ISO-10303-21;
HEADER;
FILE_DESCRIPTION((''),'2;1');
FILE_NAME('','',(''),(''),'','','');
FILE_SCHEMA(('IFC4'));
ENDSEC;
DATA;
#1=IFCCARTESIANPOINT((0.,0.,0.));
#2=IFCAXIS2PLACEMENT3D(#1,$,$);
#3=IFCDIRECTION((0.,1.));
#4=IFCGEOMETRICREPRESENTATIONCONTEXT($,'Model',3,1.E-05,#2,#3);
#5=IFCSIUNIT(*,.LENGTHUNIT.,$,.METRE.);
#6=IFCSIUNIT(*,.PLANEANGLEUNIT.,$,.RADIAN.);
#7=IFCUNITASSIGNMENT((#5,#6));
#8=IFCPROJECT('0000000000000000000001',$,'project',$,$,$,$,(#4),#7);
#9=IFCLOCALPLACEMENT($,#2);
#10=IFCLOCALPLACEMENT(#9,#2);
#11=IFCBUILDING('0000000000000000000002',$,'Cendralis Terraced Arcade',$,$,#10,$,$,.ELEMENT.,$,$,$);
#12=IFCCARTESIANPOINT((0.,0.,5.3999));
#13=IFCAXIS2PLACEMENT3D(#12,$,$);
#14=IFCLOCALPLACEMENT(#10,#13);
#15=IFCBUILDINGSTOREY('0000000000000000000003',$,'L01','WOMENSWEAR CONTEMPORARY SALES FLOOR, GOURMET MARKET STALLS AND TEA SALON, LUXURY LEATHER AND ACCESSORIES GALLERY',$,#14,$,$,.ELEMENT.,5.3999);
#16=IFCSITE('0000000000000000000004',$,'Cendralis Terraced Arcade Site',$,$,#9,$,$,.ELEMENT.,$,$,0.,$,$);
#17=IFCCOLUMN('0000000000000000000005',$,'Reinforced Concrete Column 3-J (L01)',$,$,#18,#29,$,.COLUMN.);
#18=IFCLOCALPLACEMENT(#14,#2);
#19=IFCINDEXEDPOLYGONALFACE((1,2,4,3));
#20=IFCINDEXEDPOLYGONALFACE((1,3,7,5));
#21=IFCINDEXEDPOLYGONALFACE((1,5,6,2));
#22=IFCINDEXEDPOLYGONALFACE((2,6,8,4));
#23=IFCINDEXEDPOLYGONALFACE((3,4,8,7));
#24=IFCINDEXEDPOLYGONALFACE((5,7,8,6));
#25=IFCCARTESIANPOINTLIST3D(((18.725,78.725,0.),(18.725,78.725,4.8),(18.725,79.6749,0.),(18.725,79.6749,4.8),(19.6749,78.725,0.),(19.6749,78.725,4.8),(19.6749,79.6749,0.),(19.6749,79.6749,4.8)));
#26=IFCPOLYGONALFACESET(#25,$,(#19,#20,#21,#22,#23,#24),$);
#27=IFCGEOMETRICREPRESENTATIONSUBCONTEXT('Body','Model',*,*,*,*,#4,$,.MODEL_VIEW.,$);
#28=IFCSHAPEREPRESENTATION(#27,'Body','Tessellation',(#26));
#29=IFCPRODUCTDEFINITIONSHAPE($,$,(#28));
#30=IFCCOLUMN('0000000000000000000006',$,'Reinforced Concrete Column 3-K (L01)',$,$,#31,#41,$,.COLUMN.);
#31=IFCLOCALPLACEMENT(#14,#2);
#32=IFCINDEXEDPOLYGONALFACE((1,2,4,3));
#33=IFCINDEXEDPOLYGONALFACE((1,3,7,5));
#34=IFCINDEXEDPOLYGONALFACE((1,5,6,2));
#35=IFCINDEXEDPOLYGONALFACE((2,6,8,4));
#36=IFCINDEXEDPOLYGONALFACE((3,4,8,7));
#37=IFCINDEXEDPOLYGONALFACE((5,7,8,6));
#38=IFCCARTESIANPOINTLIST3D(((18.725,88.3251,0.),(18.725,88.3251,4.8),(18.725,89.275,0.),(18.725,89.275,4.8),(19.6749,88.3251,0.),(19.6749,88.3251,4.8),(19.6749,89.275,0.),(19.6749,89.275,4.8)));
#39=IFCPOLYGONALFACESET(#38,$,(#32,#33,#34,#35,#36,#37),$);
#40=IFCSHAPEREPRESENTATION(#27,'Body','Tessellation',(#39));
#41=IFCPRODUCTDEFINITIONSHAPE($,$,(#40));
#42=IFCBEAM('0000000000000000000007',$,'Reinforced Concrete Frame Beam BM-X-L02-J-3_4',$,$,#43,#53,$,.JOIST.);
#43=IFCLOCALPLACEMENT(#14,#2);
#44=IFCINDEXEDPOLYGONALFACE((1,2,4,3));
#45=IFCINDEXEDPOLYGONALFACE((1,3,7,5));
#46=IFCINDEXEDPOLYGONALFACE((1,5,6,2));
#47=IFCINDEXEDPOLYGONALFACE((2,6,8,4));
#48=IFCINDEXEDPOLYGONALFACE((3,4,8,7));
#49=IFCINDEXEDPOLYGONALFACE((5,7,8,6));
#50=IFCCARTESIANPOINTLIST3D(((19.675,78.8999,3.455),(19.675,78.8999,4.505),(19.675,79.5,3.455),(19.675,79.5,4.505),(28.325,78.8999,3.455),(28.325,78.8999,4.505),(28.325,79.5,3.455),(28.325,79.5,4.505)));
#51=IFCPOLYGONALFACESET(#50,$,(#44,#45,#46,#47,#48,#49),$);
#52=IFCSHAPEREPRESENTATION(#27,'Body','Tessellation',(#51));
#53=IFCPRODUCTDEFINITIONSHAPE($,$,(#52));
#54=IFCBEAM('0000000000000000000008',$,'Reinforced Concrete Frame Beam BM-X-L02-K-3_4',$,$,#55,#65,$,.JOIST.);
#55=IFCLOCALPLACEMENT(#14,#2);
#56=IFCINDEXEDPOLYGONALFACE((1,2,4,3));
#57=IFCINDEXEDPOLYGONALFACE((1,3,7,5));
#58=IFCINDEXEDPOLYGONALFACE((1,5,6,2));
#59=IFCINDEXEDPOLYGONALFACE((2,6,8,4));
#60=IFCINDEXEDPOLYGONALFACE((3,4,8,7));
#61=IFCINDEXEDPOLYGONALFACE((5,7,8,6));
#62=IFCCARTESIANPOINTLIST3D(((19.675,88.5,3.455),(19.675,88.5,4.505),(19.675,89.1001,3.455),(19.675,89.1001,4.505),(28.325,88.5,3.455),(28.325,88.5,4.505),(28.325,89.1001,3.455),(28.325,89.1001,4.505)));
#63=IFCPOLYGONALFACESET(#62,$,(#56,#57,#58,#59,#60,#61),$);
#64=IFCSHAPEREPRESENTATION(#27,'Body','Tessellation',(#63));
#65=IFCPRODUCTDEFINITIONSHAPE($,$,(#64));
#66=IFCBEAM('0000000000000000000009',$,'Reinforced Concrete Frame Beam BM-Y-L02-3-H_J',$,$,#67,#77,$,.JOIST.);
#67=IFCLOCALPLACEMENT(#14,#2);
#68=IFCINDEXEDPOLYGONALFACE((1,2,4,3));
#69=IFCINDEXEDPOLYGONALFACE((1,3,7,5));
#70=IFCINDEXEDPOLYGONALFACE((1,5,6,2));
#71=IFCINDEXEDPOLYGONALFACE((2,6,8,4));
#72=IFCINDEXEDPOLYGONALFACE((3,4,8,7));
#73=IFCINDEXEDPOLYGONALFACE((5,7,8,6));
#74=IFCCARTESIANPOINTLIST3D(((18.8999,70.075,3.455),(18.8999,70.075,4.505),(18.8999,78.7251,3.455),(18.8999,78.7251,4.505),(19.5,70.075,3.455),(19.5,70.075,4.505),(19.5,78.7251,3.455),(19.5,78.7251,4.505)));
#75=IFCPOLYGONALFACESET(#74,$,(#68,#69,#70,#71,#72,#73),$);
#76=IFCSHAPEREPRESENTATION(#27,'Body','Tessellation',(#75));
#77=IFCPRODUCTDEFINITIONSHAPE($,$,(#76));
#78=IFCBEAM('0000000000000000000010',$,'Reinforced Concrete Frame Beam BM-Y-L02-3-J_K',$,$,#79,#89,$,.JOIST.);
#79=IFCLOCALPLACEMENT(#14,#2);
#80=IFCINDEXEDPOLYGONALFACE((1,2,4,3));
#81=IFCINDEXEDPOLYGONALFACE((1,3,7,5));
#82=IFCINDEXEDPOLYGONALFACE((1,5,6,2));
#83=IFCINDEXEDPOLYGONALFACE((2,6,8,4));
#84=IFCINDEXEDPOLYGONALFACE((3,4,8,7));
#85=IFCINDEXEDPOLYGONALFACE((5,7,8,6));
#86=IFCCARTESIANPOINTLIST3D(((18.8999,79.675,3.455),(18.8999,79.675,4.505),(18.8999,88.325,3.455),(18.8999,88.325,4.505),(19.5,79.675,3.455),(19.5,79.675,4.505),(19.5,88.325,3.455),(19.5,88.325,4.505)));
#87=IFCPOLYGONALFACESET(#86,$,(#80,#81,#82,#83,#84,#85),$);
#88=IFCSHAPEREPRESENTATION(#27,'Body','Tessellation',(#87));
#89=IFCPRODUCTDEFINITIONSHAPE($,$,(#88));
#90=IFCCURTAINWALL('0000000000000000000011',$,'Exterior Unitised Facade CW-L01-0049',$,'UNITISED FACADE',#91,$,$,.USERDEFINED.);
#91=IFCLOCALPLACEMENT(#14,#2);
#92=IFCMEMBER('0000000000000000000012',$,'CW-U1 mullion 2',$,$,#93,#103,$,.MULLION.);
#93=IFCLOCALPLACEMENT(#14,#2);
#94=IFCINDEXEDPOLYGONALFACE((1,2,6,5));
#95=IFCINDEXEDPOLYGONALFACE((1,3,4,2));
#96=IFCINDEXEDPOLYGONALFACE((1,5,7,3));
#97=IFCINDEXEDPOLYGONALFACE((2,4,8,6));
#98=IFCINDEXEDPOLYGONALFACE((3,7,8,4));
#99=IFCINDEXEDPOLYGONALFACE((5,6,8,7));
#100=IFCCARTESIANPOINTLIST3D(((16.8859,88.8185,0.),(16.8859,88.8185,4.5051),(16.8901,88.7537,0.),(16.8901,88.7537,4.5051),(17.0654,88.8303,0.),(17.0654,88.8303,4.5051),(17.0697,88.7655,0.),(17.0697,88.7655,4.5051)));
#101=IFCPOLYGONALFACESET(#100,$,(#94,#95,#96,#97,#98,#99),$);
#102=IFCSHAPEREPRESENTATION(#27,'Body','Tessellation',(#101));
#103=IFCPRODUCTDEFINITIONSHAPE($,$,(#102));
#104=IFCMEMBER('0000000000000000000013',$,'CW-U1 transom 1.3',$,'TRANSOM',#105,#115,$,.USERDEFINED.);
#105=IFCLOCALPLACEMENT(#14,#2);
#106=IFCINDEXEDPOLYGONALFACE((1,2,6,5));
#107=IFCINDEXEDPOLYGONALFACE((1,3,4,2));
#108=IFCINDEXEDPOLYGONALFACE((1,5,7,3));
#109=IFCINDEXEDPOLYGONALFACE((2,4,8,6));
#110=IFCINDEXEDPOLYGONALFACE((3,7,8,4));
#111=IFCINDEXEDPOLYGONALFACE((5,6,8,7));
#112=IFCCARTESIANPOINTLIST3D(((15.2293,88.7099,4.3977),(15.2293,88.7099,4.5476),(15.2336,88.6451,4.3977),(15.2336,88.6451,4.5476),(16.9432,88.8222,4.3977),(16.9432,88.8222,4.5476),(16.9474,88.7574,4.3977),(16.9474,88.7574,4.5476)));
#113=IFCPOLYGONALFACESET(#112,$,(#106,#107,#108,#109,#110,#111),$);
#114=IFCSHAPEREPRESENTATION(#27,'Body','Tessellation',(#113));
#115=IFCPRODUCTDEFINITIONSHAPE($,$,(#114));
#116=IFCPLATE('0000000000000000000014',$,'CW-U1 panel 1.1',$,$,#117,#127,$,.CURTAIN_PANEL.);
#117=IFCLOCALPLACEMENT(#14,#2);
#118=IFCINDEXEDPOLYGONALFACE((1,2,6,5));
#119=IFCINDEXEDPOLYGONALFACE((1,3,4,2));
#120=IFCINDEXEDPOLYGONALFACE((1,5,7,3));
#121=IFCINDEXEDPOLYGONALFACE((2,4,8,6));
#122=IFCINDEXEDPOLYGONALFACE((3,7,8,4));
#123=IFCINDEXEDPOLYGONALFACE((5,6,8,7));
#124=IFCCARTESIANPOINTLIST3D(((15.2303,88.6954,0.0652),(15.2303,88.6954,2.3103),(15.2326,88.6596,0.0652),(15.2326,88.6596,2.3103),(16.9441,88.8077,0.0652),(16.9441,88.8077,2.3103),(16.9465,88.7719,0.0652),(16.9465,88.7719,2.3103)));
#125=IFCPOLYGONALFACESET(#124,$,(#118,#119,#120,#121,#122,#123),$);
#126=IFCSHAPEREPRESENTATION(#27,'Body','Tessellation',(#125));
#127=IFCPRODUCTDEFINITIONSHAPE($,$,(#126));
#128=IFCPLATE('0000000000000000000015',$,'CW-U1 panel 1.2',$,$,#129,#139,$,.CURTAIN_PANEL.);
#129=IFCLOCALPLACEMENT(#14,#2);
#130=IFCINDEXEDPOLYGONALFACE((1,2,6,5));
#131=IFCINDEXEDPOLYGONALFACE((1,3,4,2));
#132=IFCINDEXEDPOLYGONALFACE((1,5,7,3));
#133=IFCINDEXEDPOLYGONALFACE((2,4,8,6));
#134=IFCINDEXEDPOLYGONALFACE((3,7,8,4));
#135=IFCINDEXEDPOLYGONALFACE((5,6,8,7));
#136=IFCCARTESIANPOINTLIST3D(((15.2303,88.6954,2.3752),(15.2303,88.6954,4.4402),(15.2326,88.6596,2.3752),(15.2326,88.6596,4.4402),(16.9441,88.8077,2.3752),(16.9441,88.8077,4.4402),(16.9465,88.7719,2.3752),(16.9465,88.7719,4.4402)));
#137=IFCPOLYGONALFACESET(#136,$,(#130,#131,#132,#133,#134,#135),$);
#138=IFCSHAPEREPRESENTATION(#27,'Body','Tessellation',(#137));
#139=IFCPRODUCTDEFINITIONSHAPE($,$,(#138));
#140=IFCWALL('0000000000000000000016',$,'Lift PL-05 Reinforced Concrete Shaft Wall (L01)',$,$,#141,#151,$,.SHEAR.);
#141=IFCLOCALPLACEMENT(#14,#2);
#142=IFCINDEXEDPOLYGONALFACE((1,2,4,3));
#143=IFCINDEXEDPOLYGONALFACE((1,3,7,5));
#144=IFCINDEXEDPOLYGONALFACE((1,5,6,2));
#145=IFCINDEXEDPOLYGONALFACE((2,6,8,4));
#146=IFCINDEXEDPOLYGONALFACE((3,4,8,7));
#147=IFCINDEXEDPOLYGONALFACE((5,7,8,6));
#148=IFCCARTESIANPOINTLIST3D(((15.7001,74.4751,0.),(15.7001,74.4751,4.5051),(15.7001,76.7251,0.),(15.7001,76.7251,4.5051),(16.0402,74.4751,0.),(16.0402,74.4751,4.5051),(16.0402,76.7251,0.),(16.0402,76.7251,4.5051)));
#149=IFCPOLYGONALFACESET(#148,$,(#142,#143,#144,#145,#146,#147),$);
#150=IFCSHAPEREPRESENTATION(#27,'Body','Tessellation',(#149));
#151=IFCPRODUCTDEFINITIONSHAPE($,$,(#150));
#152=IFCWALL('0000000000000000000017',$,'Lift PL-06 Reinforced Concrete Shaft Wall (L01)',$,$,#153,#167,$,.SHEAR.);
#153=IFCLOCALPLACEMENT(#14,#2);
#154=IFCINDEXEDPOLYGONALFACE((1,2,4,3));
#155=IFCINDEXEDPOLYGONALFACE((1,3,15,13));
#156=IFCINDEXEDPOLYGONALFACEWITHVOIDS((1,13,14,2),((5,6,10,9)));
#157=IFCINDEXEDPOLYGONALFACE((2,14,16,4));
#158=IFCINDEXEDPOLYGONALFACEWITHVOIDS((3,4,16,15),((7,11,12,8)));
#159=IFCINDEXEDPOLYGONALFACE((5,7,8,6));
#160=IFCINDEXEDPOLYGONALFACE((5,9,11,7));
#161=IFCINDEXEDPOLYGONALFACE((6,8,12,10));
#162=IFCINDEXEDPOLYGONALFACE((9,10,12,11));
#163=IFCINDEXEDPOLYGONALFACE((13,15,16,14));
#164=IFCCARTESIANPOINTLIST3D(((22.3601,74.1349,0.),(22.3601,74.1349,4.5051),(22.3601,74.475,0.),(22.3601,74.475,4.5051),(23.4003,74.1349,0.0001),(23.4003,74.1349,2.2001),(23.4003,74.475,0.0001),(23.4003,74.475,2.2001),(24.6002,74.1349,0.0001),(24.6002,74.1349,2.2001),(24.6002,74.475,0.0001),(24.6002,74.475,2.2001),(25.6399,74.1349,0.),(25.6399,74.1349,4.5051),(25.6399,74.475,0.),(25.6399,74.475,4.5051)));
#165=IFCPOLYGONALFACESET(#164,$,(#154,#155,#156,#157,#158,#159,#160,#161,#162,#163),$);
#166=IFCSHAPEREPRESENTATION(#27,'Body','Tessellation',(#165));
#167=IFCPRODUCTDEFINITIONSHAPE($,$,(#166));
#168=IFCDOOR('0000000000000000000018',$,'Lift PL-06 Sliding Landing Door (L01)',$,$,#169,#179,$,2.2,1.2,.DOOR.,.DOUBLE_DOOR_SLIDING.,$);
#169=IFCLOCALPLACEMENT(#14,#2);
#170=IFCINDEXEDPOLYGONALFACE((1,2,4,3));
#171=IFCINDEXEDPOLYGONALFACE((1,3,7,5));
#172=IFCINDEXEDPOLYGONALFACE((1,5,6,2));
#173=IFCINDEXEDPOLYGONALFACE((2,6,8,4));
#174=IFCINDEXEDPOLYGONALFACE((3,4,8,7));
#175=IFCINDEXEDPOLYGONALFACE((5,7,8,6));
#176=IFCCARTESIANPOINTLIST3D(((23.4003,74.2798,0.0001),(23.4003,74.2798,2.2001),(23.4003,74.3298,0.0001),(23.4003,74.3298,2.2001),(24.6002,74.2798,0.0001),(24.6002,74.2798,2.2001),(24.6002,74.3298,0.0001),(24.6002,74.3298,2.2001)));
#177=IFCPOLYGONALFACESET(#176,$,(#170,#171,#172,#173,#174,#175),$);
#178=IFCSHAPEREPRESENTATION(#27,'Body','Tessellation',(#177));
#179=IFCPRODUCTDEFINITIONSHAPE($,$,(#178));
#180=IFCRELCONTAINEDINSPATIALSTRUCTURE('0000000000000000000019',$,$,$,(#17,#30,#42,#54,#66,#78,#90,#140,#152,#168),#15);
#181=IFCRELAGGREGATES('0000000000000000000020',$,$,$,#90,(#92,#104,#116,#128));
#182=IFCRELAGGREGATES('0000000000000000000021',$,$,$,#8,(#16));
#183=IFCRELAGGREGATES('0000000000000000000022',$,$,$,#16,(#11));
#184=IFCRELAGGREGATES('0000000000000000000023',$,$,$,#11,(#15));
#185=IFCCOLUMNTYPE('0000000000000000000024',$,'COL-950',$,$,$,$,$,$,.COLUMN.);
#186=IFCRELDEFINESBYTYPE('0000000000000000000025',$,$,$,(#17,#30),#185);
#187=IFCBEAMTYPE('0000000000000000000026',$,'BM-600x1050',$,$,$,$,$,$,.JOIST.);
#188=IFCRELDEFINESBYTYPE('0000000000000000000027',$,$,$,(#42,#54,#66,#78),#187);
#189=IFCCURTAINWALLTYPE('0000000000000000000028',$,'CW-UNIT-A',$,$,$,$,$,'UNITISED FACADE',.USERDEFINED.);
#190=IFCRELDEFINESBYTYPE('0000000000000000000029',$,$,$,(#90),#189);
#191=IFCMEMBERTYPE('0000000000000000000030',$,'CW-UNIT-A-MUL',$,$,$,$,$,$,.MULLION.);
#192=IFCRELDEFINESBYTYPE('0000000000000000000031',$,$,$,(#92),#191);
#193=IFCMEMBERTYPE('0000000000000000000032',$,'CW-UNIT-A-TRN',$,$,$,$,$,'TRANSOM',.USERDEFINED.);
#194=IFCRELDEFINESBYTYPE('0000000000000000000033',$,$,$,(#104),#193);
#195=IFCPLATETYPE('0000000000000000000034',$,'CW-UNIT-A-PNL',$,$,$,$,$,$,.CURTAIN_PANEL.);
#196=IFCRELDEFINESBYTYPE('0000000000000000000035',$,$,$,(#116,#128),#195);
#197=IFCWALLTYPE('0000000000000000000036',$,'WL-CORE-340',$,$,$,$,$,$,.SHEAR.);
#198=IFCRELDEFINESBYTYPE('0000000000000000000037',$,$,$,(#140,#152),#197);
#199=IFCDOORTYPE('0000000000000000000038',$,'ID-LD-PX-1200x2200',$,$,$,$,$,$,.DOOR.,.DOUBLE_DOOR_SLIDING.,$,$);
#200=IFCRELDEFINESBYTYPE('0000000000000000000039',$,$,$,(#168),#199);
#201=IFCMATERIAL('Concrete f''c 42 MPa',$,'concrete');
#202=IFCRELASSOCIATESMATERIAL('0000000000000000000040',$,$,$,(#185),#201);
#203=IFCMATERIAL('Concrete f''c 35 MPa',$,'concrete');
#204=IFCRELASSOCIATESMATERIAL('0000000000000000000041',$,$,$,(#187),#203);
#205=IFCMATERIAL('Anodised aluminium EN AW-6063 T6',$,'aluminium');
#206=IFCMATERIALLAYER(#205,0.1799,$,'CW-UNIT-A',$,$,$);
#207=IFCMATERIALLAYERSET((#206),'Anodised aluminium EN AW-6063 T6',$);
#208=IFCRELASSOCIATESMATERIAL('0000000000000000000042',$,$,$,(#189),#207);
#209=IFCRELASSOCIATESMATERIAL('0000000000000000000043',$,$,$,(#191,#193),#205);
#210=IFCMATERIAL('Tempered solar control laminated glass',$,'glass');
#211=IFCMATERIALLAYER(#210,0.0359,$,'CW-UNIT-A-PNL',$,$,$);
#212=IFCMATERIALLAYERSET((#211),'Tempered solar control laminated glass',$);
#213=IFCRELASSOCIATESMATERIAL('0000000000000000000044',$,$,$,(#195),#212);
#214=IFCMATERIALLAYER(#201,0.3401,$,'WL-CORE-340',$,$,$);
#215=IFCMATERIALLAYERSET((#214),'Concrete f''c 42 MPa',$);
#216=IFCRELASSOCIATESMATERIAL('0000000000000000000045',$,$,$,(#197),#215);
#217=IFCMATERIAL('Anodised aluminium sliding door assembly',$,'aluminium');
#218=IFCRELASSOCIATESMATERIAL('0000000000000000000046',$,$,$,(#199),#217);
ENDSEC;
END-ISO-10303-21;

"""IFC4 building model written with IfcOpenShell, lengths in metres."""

from ifc_helpers import new_model, si_unit, direction, frame, frame_2d, origin, origin_2d, place, context, subcontext, project, spatial, rectangle, extrude, material, layer, layer_set, material_profile, profile_set, type_object, element, fill, aggregate, save


model = new_model("IFC4")

# Units and contexts
model_context = context("Model", 3, precision=1e-05, world=origin(), true_north=direction((0.0, 1.0)))
body_context = subcontext(model_context, "Body", "Model", "MODEL_VIEW")
ifc_project = project(units=[si_unit("LENGTHUNIT", "METRE"), si_unit("PLANEANGLEUNIT", "RADIAN")], contexts=[model_context])

# Site, building, storey
site_placement = place(None, origin())
site = spatial("IfcSite", under=ifc_project, at=site_placement, Name="Cendralis Terraced Arcade Site", CompositionType="ELEMENT", RefElevation=0.0)
building_placement = place(site_placement, origin())
building = spatial("IfcBuilding", under=site, at=building_placement, Name="Cendralis Terraced Arcade", CompositionType="ELEMENT")
storey_placement = place(building_placement, frame((0.0, 0.0, 5.3999)))
storey = spatial("IfcBuildingStorey", under=building, at=storey_placement, Name="L01", Description="WOMENSWEAR CONTEMPORARY SALES FLOOR, GOURMET MARKET STALLS AND TEA SALON, LUXURY LEATHER AND ACCESSORIES GALLERY", CompositionType="ELEMENT", Elevation=5.3999)

# Columns
ifc_material_1 = material(Name="Concrete f'c 42 MPa", Category="concrete")
ifc_material_profile_1 = material_profile(ifc_material_1, rectangle(XDim=0.95, YDim=0.95, at=origin_2d()), Name="RC-COL-950x950", Category="LoadBearing")
ifc_profile_set_1 = profile_set([ifc_material_profile_1], Name="Concrete f'c 42 MPa")
column_type = type_object("IfcColumnType", Name="COL-950", PredefinedType="COLUMN", material=ifc_profile_set_1)
for number, where, z_axis, x_axis, name in (
    (1, (19.2, 79.2, 0.0), (0.0, 0.0, 1.0), (1.0, 0.0, 0.0), "Reinforced Concrete Column 3-J (L01)"),
    (2, (19.2, 88.8, 0.0), (0.0, 0.0, 1.0), (1.0, 0.0, 0.0), "Reinforced Concrete Column 3-K (L01)"),
):
    element("IfcColumn", number, at=place(storey_placement, frame(where, z_axis=z_axis, x_axis=x_axis)), inside=storey, type_object=column_type, Name=name, PredefinedType="COLUMN", context=body_context, shape_type="SweptSolid", body=[
        extrude(rectangle(XDim=0.95, YDim=0.95, at=origin_2d()), origin(), (0.0, 0.0, 1.0), 4.8),
    ])

# Beams
ifc_material_2 = material(Name="Concrete f'c 35 MPa", Category="concrete")
ifc_material_profile_2 = material_profile(ifc_material_2, rectangle(XDim=0.6001, YDim=1.05, at=origin_2d()), Name="RC-BM-600x1050", Category="LoadBearing")
ifc_profile_set_2 = profile_set([ifc_material_profile_2], Name="Concrete f'c 35 MPa")
beam_type = type_object("IfcBeamType", Name="BM-600x1050", PredefinedType="JOIST", material=ifc_profile_set_2)
for number, where, z_axis, x_axis, name in (
    (3, (19.675, 79.2, 3.98), (1.0, 0.0, 0.0), (0.0, 1.0, 0.0), "Reinforced Concrete Frame Beam BM-X-L02-J-3_4"),
    (4, (19.675, 88.8, 3.98), (1.0, 0.0, 0.0), (0.0, 1.0, 0.0), "Reinforced Concrete Frame Beam BM-X-L02-K-3_4"),
):
    element("IfcBeam", number, at=place(storey_placement, frame(where, z_axis=z_axis, x_axis=x_axis)), inside=storey, type_object=beam_type, Name=name, PredefinedType="JOIST", context=body_context, shape_type="SweptSolid", body=[
        extrude(rectangle(XDim=0.6001, YDim=1.05, at=origin_2d()), origin(), (0.0, 0.0, 1.0), 8.6499),
    ])
beam_1_placement = place(storey_placement, frame((19.2, 70.075, 3.98), z_axis=(0.0, 1.0, 0.0), x_axis=(-1.0, 0.0, 0.0)))
element("IfcBeam", 5, at=beam_1_placement, inside=storey, type_object=beam_type, Name="Reinforced Concrete Frame Beam BM-Y-L02-3-H_J", PredefinedType="JOIST", context=body_context, shape_type="SweptSolid", body=[
    extrude(rectangle(XDim=0.6001, YDim=1.05, at=origin_2d()), origin(), (0.0, 0.0, 1.0), 8.6501),
])
beam_2_placement = place(storey_placement, frame((19.2, 79.675, 3.98), z_axis=(0.0, 1.0, 0.0), x_axis=(-1.0, 0.0, 0.0)))
element("IfcBeam", 6, at=beam_2_placement, inside=storey, type_object=beam_type, Name="Reinforced Concrete Frame Beam BM-Y-L02-3-J_K", PredefinedType="JOIST", context=body_context, shape_type="SweptSolid", body=[
    extrude(rectangle(XDim=0.6001, YDim=1.05, at=origin_2d()), origin(), (0.0, 0.0, 1.0), 8.6499),
])

# Curtain wall, members, plates
ifc_material_3 = material(Name="Anodised aluminium EN AW-6063 T6", Category="aluminium")
ifc_layer_1 = layer(ifc_material_3, 0.1799, Name="CW-UNIT-A")
ifc_layer_set_1 = layer_set([ifc_layer_1], Name="Anodised aluminium EN AW-6063 T6")
curtain_wall_type = type_object("IfcCurtainWallType", Name="CW-UNIT-A", ElementType="UNITISED FACADE", PredefinedType="USERDEFINED", material=ifc_layer_set_1)
curtain_wall_placement = place(storey_placement, origin())
curtain_wall = element("IfcCurtainWall", 7, at=curtain_wall_placement, inside=storey, type_object=curtain_wall_type, Name="Exterior Unitised Facade CW-L01-0049", ObjectType="UNITISED FACADE", PredefinedType="USERDEFINED")
ifc_material_profile_3 = material_profile(ifc_material_3, rectangle(XDim=0.0649, YDim=0.1799, at=origin_2d()), Name="ALU-MUL-65x180")
ifc_profile_set_3 = profile_set([ifc_material_profile_3], Name="Anodised aluminium EN AW-6063 T6")
member_type_1 = type_object("IfcMemberType", Name="CW-UNIT-A-MUL", PredefinedType="MULLION", material=ifc_profile_set_3)
member_1_placement = place(storey_placement, frame((16.9778, 88.792, 0.0), z_axis=(0.0, 0.0, 1.0), x_axis=(-0.065384, 0.99786, 0.0)))
member_1 = element("IfcMember", 8, at=member_1_placement, type_object=member_type_1, Name="CW-U1 mullion 2", PredefinedType="MULLION", context=body_context, shape_type="SweptSolid", body=[
    extrude(rectangle(XDim=0.0649, YDim=0.1799, at=origin_2d()), origin(), (0.0, 0.0, 1.0), 4.5051),
])
ifc_material_profile_4 = material_profile(ifc_material_3, rectangle(XDim=0.0649, YDim=0.1499, at=origin_2d()), Name="ALU-TRN-65x150")
ifc_profile_set_4 = profile_set([ifc_material_profile_4], Name="Anodised aluminium EN AW-6063 T6")
member_type_2 = type_object("IfcMemberType", Name="CW-UNIT-A-TRN", ElementType="TRANSOM", PredefinedType="USERDEFINED", material=ifc_profile_set_4)
member_2_placement = place(storey_placement, frame((15.2314, 88.6775, 4.4727), z_axis=(0.99786, 0.065387, 0.0), x_axis=(-0.065387, 0.99786, 0.0)))
member_2 = element("IfcMember", 9, at=member_2_placement, type_object=member_type_2, Name="CW-U1 transom 1.3", ObjectType="TRANSOM", PredefinedType="USERDEFINED", context=body_context, shape_type="SweptSolid", body=[
    extrude(rectangle(XDim=0.0649, YDim=0.1499, at=origin_2d()), origin(), (0.0, 0.0, 1.0), 1.7175),
])
ifc_material_4 = material(Name="Tempered solar control laminated glass", Category="glass")
ifc_layer_2 = layer(ifc_material_4, 0.0359, Name="CW-UNIT-A-PNL")
ifc_layer_set_2 = layer_set([ifc_layer_2], Name="Tempered solar control laminated glass")
plate_type = type_object("IfcPlateType", Name="CW-UNIT-A-PNL", PredefinedType="CURTAIN_PANEL", material=ifc_layer_set_2)
plate_1_placement = place(storey_placement, frame((16.0884, 88.7336, 0.0652), z_axis=(0.0, 0.0, 1.0), x_axis=(0.99786, 0.065384, 0.0)))
plate_1 = element("IfcPlate", 10, at=plate_1_placement, type_object=plate_type, Name="CW-U1 panel 1.1", PredefinedType="CURTAIN_PANEL", context=body_context, shape_type="SweptSolid", body=[
    extrude(rectangle(XDim=1.7175, YDim=0.0359, at=origin_2d()), origin(), (0.0, 0.0, 1.0), 2.2451),
])
plate_2_placement = place(storey_placement, frame((16.0884, 88.7336, 2.3752), z_axis=(0.0, 0.0, 1.0), x_axis=(0.99786, 0.065384, 0.0)))
plate_2 = element("IfcPlate", 11, at=plate_2_placement, type_object=plate_type, Name="CW-U1 panel 1.2", PredefinedType="CURTAIN_PANEL", context=body_context, shape_type="SweptSolid", body=[
    extrude(rectangle(XDim=1.7175, YDim=0.0359, at=origin_2d()), origin(), (0.0, 0.0, 1.0), 2.0649),
])
aggregate(curtain_wall, [member_1, member_2, plate_1, plate_2])

# Wall
ifc_layer_3 = layer(ifc_material_1, 0.3401, Name="WL-CORE-340")
ifc_layer_set_3 = layer_set([ifc_layer_3], Name="Concrete f'c 42 MPa")
wall_type_1 = type_object("IfcWallType", Name="WL-CORE-340", PredefinedType="SHEAR", material=ifc_layer_set_3)
wall_1_placement = place(storey_placement, frame((15.8701, 74.4751, 0.0), z_axis=(0.0, 0.0, 1.0), x_axis=(0.0, 1.0, 0.0)))
element("IfcWall", 12, at=wall_1_placement, inside=storey, type_object=wall_type_1, Name="Lift PL-05 Reinforced Concrete Shaft Wall (L01)", PredefinedType="SHEAR", context=body_context, shape_type="SweptSolid", body=[
    extrude(rectangle(XDim=2.25, YDim=0.3401, at=frame_2d((1.125, 0.0))), origin(), (0.0, 0.0, 1.0), 4.5051),
])

# Wall, opening, door
wall_2_placement = place(storey_placement, frame((22.3601, 74.3049, 0.0), z_axis=(0.0, 0.0, 1.0), x_axis=(1.0, 0.0, 0.0)))
wall_2 = element("IfcWall", 13, at=wall_2_placement, inside=storey, type_object=wall_type_1, Name="Lift PL-06 Reinforced Concrete Shaft Wall (L01)", PredefinedType="SHEAR", context=body_context, shape_type="SweptSolid", body=[
    extrude(rectangle(XDim=3.2798, YDim=0.3401, at=frame_2d((1.6399, 0.0))), origin(), (0.0, 0.0, 1.0), 4.5051),
])
opening_1_placement = place(wall_2_placement, frame((1.04, 0.0, 0.0)))
opening_1 = element("IfcOpeningElement", 14, at=opening_1_placement, cuts=wall_2, PredefinedType="OPENING", context=body_context, shape_type="SweptSolid", body=[
    extrude(rectangle(XDim=1.2, YDim=2.2, at=frame_2d((0.6001, 1.1001))), frame((0.0, 0.1821, 0.0), z_axis=(0.0, -1.0, 0.0), x_axis=(1.0, 0.0, 0.0)), (0.0, 0.0, 1.0), 0.364),
])
ifc_material_5 = material(Name="Anodised aluminium sliding door assembly", Category="aluminium")
door_type_1 = type_object("IfcDoorType", Name="ID-LD-PX-1200x2200", OperationType="DOUBLE_DOOR_SLIDING", PredefinedType="DOOR", material=ifc_material_5)
door_1_placement = place(opening_1_placement, origin())
door_1 = element("IfcDoor", 15, at=door_1_placement, inside=storey, type_object=door_type_1, Name="Lift PL-06 Sliding Landing Door (L01)", OperationType="DOUBLE_DOOR_SLIDING", OverallHeight=2.2, OverallWidth=1.2, PredefinedType="DOOR", context=body_context, shape_type="SweptSolid", body=[
    extrude(rectangle(XDim=1.2, YDim=2.2, at=frame_2d((0.6001, 1.1001))), frame((0.0, 0.0249, 0.0), z_axis=(0.0, -1.0, 0.0), x_axis=(1.0, 0.0, 0.0)), (0.0, 0.0, 1.0), 0.05),
])
fill(opening_1, door_1)

save(model, "model.ifc")
